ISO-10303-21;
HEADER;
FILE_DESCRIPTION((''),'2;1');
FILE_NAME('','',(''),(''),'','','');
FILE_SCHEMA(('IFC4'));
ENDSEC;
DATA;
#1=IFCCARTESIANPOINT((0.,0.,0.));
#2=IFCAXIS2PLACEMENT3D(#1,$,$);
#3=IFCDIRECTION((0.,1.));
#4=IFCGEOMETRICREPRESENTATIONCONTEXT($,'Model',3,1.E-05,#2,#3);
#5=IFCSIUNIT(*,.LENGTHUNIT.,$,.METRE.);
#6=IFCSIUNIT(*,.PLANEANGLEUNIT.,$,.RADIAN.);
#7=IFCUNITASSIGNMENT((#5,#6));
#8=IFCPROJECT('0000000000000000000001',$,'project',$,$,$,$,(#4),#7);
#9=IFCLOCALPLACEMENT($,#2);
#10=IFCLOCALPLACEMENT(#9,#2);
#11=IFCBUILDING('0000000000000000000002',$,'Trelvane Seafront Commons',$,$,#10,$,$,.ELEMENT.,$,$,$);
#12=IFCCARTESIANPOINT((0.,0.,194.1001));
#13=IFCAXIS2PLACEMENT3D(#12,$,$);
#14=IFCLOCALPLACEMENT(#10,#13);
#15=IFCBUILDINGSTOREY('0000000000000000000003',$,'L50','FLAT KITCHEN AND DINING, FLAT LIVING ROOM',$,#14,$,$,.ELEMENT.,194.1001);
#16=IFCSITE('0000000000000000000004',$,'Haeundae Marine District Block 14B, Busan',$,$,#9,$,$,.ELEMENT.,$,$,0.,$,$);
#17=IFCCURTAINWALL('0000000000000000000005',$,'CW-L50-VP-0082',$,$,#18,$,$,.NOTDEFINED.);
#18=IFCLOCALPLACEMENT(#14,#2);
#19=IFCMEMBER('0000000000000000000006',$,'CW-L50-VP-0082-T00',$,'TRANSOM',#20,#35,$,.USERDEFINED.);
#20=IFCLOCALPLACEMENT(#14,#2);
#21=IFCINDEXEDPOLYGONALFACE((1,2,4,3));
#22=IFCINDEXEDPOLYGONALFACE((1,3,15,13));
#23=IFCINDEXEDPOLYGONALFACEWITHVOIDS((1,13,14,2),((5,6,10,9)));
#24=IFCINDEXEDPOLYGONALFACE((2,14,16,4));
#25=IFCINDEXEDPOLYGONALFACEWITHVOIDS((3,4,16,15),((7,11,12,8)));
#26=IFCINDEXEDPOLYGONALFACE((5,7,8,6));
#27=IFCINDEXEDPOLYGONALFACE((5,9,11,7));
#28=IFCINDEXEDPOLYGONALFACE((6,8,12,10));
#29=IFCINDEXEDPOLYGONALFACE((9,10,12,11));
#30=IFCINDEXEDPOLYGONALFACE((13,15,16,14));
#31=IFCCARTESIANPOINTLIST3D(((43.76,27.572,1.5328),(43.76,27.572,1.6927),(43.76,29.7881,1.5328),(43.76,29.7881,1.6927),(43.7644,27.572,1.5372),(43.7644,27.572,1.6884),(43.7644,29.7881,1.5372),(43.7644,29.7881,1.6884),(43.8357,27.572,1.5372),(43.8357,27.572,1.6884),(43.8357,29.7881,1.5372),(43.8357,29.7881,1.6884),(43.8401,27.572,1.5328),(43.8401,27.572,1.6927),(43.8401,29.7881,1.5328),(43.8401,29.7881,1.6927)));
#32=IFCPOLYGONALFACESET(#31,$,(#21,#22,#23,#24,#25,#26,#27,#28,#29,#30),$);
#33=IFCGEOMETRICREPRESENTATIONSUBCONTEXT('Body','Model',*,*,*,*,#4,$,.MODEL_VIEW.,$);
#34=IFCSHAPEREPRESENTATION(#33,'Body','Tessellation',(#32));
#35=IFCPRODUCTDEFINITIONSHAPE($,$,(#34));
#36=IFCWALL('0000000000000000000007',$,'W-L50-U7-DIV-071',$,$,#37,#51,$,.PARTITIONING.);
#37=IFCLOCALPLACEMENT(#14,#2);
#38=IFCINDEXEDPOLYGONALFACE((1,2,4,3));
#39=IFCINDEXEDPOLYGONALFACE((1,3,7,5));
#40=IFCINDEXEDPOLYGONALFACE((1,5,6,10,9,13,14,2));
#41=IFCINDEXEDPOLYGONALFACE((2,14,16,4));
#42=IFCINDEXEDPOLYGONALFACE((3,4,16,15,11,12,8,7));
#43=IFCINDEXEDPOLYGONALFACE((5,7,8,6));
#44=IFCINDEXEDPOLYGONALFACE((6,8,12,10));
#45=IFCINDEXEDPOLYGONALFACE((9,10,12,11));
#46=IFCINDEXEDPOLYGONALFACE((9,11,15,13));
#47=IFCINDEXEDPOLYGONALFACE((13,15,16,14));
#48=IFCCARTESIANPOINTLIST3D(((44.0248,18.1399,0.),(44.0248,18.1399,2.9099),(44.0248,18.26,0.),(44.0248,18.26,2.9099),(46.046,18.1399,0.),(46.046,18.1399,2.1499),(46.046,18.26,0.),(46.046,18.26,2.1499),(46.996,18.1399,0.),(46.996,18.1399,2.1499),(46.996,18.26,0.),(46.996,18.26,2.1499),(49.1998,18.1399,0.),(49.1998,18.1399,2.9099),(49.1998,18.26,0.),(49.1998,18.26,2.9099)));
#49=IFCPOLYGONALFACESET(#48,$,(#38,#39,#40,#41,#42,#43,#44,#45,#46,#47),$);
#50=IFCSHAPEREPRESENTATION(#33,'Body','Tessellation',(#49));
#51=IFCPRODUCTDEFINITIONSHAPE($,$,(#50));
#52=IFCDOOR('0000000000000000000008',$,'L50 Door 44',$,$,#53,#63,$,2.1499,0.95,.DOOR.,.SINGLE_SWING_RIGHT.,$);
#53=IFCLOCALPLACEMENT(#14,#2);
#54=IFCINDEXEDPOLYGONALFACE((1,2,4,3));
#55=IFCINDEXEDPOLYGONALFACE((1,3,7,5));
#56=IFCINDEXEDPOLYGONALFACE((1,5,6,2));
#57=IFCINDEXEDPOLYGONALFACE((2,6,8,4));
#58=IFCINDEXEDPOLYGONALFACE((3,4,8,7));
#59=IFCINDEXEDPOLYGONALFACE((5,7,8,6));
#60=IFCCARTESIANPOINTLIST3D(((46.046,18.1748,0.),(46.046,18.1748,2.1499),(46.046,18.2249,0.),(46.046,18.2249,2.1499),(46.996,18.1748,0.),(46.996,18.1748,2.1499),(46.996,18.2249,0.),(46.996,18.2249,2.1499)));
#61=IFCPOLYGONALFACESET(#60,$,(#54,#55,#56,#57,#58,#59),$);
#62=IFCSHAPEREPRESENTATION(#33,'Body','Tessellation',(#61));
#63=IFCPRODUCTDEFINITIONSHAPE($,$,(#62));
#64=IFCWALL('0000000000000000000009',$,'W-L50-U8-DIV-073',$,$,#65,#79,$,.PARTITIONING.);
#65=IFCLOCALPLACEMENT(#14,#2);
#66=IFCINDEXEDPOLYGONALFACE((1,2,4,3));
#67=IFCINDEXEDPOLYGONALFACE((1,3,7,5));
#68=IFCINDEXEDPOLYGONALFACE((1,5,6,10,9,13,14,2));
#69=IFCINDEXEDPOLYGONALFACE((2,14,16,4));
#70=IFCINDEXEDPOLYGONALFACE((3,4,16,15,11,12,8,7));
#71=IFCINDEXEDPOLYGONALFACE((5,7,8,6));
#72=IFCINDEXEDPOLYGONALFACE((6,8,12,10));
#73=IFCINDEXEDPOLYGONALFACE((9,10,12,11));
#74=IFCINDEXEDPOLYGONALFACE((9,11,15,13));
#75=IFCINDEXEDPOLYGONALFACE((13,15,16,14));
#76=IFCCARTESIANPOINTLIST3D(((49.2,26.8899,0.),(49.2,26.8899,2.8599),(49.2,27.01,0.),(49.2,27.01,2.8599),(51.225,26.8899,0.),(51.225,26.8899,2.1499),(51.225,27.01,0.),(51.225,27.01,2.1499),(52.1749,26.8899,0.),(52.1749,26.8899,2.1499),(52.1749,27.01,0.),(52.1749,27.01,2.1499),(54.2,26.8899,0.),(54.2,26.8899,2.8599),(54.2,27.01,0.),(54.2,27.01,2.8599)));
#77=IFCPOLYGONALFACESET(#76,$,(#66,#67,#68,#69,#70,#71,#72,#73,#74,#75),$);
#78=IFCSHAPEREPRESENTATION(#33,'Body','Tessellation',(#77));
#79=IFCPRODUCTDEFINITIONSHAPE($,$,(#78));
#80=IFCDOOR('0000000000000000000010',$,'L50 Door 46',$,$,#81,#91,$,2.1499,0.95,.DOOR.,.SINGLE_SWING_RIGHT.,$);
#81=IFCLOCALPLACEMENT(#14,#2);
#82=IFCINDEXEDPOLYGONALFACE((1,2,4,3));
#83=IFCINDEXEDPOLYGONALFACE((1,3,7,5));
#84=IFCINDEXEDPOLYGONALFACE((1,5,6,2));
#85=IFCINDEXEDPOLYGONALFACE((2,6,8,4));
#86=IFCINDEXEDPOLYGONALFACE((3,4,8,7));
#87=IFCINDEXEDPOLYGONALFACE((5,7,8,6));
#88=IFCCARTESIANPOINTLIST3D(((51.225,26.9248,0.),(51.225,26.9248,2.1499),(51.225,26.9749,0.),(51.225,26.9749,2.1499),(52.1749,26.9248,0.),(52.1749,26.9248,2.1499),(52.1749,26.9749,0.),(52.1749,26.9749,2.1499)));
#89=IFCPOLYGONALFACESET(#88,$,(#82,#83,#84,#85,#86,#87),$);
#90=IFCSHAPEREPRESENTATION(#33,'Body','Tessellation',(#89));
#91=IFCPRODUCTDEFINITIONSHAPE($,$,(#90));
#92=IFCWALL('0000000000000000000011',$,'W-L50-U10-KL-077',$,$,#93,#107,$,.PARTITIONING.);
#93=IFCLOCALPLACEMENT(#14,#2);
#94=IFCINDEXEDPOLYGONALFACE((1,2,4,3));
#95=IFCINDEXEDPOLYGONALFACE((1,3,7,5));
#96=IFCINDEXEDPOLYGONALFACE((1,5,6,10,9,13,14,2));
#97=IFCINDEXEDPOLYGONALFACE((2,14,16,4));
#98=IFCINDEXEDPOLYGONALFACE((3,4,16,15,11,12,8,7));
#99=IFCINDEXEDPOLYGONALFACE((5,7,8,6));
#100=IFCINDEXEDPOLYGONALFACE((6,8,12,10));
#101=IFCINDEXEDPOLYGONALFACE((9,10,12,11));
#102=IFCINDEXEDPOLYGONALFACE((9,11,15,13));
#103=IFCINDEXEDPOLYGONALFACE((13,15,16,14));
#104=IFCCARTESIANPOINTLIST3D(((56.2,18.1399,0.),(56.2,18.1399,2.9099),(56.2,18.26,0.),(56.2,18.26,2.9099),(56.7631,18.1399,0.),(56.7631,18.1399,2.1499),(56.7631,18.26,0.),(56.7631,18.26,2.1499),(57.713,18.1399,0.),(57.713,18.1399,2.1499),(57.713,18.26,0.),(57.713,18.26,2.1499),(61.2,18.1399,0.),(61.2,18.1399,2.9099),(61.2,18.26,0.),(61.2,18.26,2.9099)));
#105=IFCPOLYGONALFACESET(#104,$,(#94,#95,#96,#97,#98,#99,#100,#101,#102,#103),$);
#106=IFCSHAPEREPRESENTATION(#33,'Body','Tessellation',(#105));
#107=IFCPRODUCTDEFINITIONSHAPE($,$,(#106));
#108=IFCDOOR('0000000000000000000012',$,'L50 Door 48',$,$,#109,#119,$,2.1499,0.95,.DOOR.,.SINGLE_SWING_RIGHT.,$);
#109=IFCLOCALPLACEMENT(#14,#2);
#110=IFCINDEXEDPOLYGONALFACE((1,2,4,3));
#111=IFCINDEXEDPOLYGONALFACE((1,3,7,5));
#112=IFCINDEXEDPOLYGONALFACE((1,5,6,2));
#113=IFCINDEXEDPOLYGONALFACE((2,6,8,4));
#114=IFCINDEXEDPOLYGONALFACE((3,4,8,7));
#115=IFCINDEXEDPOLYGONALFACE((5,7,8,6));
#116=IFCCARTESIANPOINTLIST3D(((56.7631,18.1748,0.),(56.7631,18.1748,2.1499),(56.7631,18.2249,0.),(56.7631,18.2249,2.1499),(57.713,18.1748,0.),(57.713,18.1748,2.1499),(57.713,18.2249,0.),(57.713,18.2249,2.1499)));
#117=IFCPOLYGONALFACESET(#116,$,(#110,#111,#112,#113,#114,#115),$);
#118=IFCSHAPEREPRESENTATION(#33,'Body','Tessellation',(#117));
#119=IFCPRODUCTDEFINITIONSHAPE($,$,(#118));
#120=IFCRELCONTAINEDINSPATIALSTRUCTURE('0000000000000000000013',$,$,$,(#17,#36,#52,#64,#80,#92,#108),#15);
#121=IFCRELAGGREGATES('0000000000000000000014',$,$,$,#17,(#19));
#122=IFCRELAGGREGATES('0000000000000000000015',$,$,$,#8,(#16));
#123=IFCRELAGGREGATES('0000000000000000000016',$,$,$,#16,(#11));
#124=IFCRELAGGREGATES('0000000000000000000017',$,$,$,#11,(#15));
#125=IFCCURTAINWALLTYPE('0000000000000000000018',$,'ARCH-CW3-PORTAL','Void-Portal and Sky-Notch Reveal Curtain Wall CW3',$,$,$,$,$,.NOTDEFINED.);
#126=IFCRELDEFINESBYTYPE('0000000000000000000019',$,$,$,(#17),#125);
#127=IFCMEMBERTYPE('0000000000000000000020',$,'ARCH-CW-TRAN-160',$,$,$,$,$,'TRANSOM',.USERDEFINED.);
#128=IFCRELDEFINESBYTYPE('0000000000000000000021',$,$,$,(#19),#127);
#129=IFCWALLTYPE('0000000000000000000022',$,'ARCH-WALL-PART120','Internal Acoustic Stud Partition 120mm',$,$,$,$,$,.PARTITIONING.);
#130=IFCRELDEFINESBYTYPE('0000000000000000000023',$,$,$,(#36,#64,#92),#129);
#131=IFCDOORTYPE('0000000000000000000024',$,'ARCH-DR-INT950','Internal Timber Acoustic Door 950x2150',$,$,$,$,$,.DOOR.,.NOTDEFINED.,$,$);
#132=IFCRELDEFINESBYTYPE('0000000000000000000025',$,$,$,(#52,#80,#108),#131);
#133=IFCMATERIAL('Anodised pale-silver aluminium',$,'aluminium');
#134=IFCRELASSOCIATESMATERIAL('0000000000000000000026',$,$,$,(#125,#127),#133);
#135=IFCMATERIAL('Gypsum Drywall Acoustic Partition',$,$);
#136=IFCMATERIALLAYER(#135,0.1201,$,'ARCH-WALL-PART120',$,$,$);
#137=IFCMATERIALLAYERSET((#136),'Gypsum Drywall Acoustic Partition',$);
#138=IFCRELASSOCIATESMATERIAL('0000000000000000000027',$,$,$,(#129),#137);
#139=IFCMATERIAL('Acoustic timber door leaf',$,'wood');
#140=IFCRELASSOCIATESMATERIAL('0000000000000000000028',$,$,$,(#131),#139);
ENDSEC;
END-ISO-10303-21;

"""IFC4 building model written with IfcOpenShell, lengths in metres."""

from ifc_helpers import new_model, si_unit, direction, frame, frame_2d, origin, origin_2d, place, context, subcontext, project, spatial, rectangle, hollow_rectangle, extrude, source, transform, mapped, material, layer, layer_set, material_profile, profile_set, type_object, element, fill, aggregate, save


model = new_model("IFC4")

# Units and contexts
model_context = context("Model", 3, precision=1e-05, world=origin(), true_north=direction((0.0, 1.0)))
body_context = subcontext(model_context, "Body", "Model", "MODEL_VIEW")
ifc_project = project(units=[si_unit("LENGTHUNIT", "METRE"), si_unit("PLANEANGLEUNIT", "RADIAN")], contexts=[model_context])

# Site, building, storey
site_placement = place(None, origin())
site = spatial("IfcSite", under=ifc_project, at=site_placement, Name="Haeundae Marine District Block 14B, Busan", CompositionType="ELEMENT", RefElevation=0.0)
building_placement = place(site_placement, origin())
building = spatial("IfcBuilding", under=site, at=building_placement, Name="Trelvane Seafront Commons", CompositionType="ELEMENT")
storey_placement = place(building_placement, frame((0.0, 0.0, 194.1001)))
storey = spatial("IfcBuildingStorey", under=building, at=storey_placement, Name="L50", Description="FLAT KITCHEN AND DINING, FLAT LIVING ROOM", CompositionType="ELEMENT", Elevation=194.1001)

# Curtain wall, member
ifc_material_1 = material(Name="Anodised pale-silver aluminium", Category="aluminium")
curtain_wall_type = type_object("IfcCurtainWallType", Name="ARCH-CW3-PORTAL", Description="Void-Portal and Sky-Notch Reveal Curtain Wall CW3", PredefinedType="NOTDEFINED", material=ifc_material_1)
curtain_wall_placement = place(storey_placement, origin())
curtain_wall = element("IfcCurtainWall", 1, at=curtain_wall_placement, inside=storey, type_object=curtain_wall_type, Name="CW-L50-VP-0082", PredefinedType="NOTDEFINED")
ifc_material_profile_1 = material_profile(ifc_material_1, hollow_rectangle(XDim=0.0801, YDim=0.1599, WallThickness=0.0044, at=origin_2d()), Name="TRAN-80x160x4.5")
ifc_profile_set_1 = profile_set([ifc_material_profile_1], Name="Anodised pale-silver aluminium")
member_type = type_object("IfcMemberType", Name="ARCH-CW-TRAN-160", ElementType="TRANSOM", PredefinedType="USERDEFINED", material=ifc_profile_set_1)
shared_shape_1 = source(origin(), body_context, "Body", "SweptSolid", [
    extrude(hollow_rectangle(XDim=0.0801, YDim=0.1599, WallThickness=0.0044, at=origin_2d()), origin(), (0.0, 0.0, 1.0), 2.2161),
])
member_placement = place(storey_placement, frame((43.8, 29.7881, 1.6128), z_axis=(0.0, -1.0, 0.0), x_axis=(1.0, 0.0, 0.0)))
member = element("IfcMember", 2, at=member_placement, type_object=member_type, Name="CW-L50-VP-0082-T00", ObjectType="TRANSOM", PredefinedType="USERDEFINED", context=body_context, shape_type="MappedRepresentation", body=[
    mapped(shared_shape_1, transform((0.0, 0.0, 0.0), x_axis=(1.0, 0.0, 0.0), y_axis=(0.0, 1.0, 0.0), z_axis=(0.0, 0.0, 1.0), scale=1.0)),
])
aggregate(curtain_wall, [member])

# Walls, openings, doors
ifc_material_2 = material(Name="Gypsum Drywall Acoustic Partition")
ifc_layer = layer(ifc_material_2, 0.1201, Name="ARCH-WALL-PART120")
ifc_layer_set = layer_set([ifc_layer], Name="Gypsum Drywall Acoustic Partition")
wall_type = type_object("IfcWallType", Name="ARCH-WALL-PART120", Description="Internal Acoustic Stud Partition 120mm", PredefinedType="PARTITIONING", material=ifc_layer_set)
wall_1_placement = place(storey_placement, frame((44.0249, 18.2, 0.0), z_axis=(0.0, 0.0, 1.0), x_axis=(1.0, 0.0, 0.0)))
wall_1 = element("IfcWall", 3, at=wall_1_placement, inside=storey, type_object=wall_type, Name="W-L50-U7-DIV-071", PredefinedType="PARTITIONING", context=body_context, shape_type="SweptSolid", body=[
    extrude(rectangle(XDim=5.175, YDim=0.1201, at=frame_2d((2.5874, 0.0))), origin(), (0.0, 0.0, 1.0), 2.9099),
])
opening_1_placement = place(wall_1_placement, frame((2.021, 0.0, 0.0)))
opening_1 = element("IfcOpeningElement", 4, at=opening_1_placement, cuts=wall_1, PredefinedType="OPENING", context=body_context, shape_type="SweptSolid", body=[
    extrude(rectangle(XDim=0.95, YDim=2.1499, at=frame_2d((0.4751, 1.075))), frame((0.0, 0.0701, 0.0), z_axis=(0.0, -1.0, 0.0), x_axis=(1.0, 0.0, 0.0)), (0.0, 0.0, 1.0), 0.1401),
])
ifc_material_3 = material(Name="Acoustic timber door leaf", Category="wood")
door_type = type_object("IfcDoorType", Name="ARCH-DR-INT950", Description="Internal Timber Acoustic Door 950x2150", OperationType="NOTDEFINED", PredefinedType="DOOR", material=ifc_material_3)
shared_shape_2 = source(origin(), body_context, "Body", "SweptSolid", [
    extrude(rectangle(XDim=0.95, YDim=2.1499, at=frame_2d((0.4751, 1.075))), frame((0.0, 0.0249, 0.0), z_axis=(0.0, -1.0, 0.0), x_axis=(1.0, 0.0, 0.0)), (0.0, 0.0, 1.0), 0.05),
])
door_1_placement = place(opening_1_placement, origin())
door_1 = element("IfcDoor", 5, at=door_1_placement, inside=storey, type_object=door_type, Name="L50 Door 44", OperationType="SINGLE_SWING_RIGHT", OverallHeight=2.1499, OverallWidth=0.95, PredefinedType="DOOR", context=body_context, shape_type="MappedRepresentation", body=[
    mapped(shared_shape_2, transform((0.0, 0.0, 0.0), x_axis=(1.0, 0.0, 0.0), y_axis=(0.0, 1.0, 0.0), z_axis=(0.0, 0.0, 1.0), scale=1.0)),
])
fill(opening_1, door_1)
wall_2_placement = place(storey_placement, frame((49.2, 26.95, 0.0), z_axis=(0.0, 0.0, 1.0), x_axis=(1.0, 0.0, 0.0)))
wall_2 = element("IfcWall", 6, at=wall_2_placement, inside=storey, type_object=wall_type, Name="W-L50-U8-DIV-073", PredefinedType="PARTITIONING", context=body_context, shape_type="SweptSolid", body=[
    extrude(rectangle(XDim=5.0, YDim=0.1201, at=frame_2d((2.5, 0.0))), origin(), (0.0, 0.0, 1.0), 2.8599),
])
opening_2_placement = place(wall_2_placement, frame((2.0249, 0.0, 0.0)))
opening_2 = element("IfcOpeningElement", 7, at=opening_2_placement, cuts=wall_2, PredefinedType="OPENING", context=body_context, shape_type="SweptSolid", body=[
    extrude(rectangle(XDim=0.95, YDim=2.1499, at=frame_2d((0.4751, 1.075))), frame((0.0, 0.0701, 0.0), z_axis=(0.0, -1.0, 0.0), x_axis=(1.0, 0.0, 0.0)), (0.0, 0.0, 1.0), 0.1401),
])
door_2_placement = place(opening_2_placement, origin())
door_2 = element("IfcDoor", 8, at=door_2_placement, inside=storey, type_object=door_type, Name="L50 Door 46", OperationType="SINGLE_SWING_RIGHT", OverallHeight=2.1499, OverallWidth=0.95, PredefinedType="DOOR", context=body_context, shape_type="MappedRepresentation", body=[
    mapped(shared_shape_2, transform((0.0, 0.0, 0.0), x_axis=(1.0, 0.0, 0.0), y_axis=(0.0, 1.0, 0.0), z_axis=(0.0, 0.0, 1.0), scale=1.0)),
])
fill(opening_2, door_2)
wall_3_placement = place(storey_placement, frame((56.2, 18.2, 0.0), z_axis=(0.0, 0.0, 1.0), x_axis=(1.0, 0.0, 0.0)))
wall_3 = element("IfcWall", 9, at=wall_3_placement, inside=storey, type_object=wall_type, Name="W-L50-U10-KL-077", PredefinedType="PARTITIONING", context=body_context, shape_type="SweptSolid", body=[
    extrude(rectangle(XDim=5.0, YDim=0.1201, at=frame_2d((2.5, 0.0))), origin(), (0.0, 0.0, 1.0), 2.9099),
])
opening_3_placement = place(wall_3_placement, frame((0.563, 0.0, 0.0)))
opening_3 = element("IfcOpeningElement", 10, at=opening_3_placement, cuts=wall_3, PredefinedType="OPENING", context=body_context, shape_type="SweptSolid", body=[
    extrude(rectangle(XDim=0.95, YDim=2.1499, at=frame_2d((0.4751, 1.075))), frame((0.0, 0.0701, 0.0), z_axis=(0.0, -1.0, 0.0), x_axis=(1.0, 0.0, 0.0)), (0.0, 0.0, 1.0), 0.1401),
])
door_3_placement = place(opening_3_placement, origin())
door_3 = element("IfcDoor", 11, at=door_3_placement, inside=storey, type_object=door_type, Name="L50 Door 48", OperationType="SINGLE_SWING_RIGHT", OverallHeight=2.1499, OverallWidth=0.95, PredefinedType="DOOR", context=body_context, shape_type="MappedRepresentation", body=[
    mapped(shared_shape_2, transform((0.0, 0.0, 0.0), x_axis=(1.0, 0.0, 0.0), y_axis=(0.0, 1.0, 0.0), z_axis=(0.0, 0.0, 1.0), scale=1.0)),
])
fill(opening_3, door_3)

save(model, "model.ifc")
